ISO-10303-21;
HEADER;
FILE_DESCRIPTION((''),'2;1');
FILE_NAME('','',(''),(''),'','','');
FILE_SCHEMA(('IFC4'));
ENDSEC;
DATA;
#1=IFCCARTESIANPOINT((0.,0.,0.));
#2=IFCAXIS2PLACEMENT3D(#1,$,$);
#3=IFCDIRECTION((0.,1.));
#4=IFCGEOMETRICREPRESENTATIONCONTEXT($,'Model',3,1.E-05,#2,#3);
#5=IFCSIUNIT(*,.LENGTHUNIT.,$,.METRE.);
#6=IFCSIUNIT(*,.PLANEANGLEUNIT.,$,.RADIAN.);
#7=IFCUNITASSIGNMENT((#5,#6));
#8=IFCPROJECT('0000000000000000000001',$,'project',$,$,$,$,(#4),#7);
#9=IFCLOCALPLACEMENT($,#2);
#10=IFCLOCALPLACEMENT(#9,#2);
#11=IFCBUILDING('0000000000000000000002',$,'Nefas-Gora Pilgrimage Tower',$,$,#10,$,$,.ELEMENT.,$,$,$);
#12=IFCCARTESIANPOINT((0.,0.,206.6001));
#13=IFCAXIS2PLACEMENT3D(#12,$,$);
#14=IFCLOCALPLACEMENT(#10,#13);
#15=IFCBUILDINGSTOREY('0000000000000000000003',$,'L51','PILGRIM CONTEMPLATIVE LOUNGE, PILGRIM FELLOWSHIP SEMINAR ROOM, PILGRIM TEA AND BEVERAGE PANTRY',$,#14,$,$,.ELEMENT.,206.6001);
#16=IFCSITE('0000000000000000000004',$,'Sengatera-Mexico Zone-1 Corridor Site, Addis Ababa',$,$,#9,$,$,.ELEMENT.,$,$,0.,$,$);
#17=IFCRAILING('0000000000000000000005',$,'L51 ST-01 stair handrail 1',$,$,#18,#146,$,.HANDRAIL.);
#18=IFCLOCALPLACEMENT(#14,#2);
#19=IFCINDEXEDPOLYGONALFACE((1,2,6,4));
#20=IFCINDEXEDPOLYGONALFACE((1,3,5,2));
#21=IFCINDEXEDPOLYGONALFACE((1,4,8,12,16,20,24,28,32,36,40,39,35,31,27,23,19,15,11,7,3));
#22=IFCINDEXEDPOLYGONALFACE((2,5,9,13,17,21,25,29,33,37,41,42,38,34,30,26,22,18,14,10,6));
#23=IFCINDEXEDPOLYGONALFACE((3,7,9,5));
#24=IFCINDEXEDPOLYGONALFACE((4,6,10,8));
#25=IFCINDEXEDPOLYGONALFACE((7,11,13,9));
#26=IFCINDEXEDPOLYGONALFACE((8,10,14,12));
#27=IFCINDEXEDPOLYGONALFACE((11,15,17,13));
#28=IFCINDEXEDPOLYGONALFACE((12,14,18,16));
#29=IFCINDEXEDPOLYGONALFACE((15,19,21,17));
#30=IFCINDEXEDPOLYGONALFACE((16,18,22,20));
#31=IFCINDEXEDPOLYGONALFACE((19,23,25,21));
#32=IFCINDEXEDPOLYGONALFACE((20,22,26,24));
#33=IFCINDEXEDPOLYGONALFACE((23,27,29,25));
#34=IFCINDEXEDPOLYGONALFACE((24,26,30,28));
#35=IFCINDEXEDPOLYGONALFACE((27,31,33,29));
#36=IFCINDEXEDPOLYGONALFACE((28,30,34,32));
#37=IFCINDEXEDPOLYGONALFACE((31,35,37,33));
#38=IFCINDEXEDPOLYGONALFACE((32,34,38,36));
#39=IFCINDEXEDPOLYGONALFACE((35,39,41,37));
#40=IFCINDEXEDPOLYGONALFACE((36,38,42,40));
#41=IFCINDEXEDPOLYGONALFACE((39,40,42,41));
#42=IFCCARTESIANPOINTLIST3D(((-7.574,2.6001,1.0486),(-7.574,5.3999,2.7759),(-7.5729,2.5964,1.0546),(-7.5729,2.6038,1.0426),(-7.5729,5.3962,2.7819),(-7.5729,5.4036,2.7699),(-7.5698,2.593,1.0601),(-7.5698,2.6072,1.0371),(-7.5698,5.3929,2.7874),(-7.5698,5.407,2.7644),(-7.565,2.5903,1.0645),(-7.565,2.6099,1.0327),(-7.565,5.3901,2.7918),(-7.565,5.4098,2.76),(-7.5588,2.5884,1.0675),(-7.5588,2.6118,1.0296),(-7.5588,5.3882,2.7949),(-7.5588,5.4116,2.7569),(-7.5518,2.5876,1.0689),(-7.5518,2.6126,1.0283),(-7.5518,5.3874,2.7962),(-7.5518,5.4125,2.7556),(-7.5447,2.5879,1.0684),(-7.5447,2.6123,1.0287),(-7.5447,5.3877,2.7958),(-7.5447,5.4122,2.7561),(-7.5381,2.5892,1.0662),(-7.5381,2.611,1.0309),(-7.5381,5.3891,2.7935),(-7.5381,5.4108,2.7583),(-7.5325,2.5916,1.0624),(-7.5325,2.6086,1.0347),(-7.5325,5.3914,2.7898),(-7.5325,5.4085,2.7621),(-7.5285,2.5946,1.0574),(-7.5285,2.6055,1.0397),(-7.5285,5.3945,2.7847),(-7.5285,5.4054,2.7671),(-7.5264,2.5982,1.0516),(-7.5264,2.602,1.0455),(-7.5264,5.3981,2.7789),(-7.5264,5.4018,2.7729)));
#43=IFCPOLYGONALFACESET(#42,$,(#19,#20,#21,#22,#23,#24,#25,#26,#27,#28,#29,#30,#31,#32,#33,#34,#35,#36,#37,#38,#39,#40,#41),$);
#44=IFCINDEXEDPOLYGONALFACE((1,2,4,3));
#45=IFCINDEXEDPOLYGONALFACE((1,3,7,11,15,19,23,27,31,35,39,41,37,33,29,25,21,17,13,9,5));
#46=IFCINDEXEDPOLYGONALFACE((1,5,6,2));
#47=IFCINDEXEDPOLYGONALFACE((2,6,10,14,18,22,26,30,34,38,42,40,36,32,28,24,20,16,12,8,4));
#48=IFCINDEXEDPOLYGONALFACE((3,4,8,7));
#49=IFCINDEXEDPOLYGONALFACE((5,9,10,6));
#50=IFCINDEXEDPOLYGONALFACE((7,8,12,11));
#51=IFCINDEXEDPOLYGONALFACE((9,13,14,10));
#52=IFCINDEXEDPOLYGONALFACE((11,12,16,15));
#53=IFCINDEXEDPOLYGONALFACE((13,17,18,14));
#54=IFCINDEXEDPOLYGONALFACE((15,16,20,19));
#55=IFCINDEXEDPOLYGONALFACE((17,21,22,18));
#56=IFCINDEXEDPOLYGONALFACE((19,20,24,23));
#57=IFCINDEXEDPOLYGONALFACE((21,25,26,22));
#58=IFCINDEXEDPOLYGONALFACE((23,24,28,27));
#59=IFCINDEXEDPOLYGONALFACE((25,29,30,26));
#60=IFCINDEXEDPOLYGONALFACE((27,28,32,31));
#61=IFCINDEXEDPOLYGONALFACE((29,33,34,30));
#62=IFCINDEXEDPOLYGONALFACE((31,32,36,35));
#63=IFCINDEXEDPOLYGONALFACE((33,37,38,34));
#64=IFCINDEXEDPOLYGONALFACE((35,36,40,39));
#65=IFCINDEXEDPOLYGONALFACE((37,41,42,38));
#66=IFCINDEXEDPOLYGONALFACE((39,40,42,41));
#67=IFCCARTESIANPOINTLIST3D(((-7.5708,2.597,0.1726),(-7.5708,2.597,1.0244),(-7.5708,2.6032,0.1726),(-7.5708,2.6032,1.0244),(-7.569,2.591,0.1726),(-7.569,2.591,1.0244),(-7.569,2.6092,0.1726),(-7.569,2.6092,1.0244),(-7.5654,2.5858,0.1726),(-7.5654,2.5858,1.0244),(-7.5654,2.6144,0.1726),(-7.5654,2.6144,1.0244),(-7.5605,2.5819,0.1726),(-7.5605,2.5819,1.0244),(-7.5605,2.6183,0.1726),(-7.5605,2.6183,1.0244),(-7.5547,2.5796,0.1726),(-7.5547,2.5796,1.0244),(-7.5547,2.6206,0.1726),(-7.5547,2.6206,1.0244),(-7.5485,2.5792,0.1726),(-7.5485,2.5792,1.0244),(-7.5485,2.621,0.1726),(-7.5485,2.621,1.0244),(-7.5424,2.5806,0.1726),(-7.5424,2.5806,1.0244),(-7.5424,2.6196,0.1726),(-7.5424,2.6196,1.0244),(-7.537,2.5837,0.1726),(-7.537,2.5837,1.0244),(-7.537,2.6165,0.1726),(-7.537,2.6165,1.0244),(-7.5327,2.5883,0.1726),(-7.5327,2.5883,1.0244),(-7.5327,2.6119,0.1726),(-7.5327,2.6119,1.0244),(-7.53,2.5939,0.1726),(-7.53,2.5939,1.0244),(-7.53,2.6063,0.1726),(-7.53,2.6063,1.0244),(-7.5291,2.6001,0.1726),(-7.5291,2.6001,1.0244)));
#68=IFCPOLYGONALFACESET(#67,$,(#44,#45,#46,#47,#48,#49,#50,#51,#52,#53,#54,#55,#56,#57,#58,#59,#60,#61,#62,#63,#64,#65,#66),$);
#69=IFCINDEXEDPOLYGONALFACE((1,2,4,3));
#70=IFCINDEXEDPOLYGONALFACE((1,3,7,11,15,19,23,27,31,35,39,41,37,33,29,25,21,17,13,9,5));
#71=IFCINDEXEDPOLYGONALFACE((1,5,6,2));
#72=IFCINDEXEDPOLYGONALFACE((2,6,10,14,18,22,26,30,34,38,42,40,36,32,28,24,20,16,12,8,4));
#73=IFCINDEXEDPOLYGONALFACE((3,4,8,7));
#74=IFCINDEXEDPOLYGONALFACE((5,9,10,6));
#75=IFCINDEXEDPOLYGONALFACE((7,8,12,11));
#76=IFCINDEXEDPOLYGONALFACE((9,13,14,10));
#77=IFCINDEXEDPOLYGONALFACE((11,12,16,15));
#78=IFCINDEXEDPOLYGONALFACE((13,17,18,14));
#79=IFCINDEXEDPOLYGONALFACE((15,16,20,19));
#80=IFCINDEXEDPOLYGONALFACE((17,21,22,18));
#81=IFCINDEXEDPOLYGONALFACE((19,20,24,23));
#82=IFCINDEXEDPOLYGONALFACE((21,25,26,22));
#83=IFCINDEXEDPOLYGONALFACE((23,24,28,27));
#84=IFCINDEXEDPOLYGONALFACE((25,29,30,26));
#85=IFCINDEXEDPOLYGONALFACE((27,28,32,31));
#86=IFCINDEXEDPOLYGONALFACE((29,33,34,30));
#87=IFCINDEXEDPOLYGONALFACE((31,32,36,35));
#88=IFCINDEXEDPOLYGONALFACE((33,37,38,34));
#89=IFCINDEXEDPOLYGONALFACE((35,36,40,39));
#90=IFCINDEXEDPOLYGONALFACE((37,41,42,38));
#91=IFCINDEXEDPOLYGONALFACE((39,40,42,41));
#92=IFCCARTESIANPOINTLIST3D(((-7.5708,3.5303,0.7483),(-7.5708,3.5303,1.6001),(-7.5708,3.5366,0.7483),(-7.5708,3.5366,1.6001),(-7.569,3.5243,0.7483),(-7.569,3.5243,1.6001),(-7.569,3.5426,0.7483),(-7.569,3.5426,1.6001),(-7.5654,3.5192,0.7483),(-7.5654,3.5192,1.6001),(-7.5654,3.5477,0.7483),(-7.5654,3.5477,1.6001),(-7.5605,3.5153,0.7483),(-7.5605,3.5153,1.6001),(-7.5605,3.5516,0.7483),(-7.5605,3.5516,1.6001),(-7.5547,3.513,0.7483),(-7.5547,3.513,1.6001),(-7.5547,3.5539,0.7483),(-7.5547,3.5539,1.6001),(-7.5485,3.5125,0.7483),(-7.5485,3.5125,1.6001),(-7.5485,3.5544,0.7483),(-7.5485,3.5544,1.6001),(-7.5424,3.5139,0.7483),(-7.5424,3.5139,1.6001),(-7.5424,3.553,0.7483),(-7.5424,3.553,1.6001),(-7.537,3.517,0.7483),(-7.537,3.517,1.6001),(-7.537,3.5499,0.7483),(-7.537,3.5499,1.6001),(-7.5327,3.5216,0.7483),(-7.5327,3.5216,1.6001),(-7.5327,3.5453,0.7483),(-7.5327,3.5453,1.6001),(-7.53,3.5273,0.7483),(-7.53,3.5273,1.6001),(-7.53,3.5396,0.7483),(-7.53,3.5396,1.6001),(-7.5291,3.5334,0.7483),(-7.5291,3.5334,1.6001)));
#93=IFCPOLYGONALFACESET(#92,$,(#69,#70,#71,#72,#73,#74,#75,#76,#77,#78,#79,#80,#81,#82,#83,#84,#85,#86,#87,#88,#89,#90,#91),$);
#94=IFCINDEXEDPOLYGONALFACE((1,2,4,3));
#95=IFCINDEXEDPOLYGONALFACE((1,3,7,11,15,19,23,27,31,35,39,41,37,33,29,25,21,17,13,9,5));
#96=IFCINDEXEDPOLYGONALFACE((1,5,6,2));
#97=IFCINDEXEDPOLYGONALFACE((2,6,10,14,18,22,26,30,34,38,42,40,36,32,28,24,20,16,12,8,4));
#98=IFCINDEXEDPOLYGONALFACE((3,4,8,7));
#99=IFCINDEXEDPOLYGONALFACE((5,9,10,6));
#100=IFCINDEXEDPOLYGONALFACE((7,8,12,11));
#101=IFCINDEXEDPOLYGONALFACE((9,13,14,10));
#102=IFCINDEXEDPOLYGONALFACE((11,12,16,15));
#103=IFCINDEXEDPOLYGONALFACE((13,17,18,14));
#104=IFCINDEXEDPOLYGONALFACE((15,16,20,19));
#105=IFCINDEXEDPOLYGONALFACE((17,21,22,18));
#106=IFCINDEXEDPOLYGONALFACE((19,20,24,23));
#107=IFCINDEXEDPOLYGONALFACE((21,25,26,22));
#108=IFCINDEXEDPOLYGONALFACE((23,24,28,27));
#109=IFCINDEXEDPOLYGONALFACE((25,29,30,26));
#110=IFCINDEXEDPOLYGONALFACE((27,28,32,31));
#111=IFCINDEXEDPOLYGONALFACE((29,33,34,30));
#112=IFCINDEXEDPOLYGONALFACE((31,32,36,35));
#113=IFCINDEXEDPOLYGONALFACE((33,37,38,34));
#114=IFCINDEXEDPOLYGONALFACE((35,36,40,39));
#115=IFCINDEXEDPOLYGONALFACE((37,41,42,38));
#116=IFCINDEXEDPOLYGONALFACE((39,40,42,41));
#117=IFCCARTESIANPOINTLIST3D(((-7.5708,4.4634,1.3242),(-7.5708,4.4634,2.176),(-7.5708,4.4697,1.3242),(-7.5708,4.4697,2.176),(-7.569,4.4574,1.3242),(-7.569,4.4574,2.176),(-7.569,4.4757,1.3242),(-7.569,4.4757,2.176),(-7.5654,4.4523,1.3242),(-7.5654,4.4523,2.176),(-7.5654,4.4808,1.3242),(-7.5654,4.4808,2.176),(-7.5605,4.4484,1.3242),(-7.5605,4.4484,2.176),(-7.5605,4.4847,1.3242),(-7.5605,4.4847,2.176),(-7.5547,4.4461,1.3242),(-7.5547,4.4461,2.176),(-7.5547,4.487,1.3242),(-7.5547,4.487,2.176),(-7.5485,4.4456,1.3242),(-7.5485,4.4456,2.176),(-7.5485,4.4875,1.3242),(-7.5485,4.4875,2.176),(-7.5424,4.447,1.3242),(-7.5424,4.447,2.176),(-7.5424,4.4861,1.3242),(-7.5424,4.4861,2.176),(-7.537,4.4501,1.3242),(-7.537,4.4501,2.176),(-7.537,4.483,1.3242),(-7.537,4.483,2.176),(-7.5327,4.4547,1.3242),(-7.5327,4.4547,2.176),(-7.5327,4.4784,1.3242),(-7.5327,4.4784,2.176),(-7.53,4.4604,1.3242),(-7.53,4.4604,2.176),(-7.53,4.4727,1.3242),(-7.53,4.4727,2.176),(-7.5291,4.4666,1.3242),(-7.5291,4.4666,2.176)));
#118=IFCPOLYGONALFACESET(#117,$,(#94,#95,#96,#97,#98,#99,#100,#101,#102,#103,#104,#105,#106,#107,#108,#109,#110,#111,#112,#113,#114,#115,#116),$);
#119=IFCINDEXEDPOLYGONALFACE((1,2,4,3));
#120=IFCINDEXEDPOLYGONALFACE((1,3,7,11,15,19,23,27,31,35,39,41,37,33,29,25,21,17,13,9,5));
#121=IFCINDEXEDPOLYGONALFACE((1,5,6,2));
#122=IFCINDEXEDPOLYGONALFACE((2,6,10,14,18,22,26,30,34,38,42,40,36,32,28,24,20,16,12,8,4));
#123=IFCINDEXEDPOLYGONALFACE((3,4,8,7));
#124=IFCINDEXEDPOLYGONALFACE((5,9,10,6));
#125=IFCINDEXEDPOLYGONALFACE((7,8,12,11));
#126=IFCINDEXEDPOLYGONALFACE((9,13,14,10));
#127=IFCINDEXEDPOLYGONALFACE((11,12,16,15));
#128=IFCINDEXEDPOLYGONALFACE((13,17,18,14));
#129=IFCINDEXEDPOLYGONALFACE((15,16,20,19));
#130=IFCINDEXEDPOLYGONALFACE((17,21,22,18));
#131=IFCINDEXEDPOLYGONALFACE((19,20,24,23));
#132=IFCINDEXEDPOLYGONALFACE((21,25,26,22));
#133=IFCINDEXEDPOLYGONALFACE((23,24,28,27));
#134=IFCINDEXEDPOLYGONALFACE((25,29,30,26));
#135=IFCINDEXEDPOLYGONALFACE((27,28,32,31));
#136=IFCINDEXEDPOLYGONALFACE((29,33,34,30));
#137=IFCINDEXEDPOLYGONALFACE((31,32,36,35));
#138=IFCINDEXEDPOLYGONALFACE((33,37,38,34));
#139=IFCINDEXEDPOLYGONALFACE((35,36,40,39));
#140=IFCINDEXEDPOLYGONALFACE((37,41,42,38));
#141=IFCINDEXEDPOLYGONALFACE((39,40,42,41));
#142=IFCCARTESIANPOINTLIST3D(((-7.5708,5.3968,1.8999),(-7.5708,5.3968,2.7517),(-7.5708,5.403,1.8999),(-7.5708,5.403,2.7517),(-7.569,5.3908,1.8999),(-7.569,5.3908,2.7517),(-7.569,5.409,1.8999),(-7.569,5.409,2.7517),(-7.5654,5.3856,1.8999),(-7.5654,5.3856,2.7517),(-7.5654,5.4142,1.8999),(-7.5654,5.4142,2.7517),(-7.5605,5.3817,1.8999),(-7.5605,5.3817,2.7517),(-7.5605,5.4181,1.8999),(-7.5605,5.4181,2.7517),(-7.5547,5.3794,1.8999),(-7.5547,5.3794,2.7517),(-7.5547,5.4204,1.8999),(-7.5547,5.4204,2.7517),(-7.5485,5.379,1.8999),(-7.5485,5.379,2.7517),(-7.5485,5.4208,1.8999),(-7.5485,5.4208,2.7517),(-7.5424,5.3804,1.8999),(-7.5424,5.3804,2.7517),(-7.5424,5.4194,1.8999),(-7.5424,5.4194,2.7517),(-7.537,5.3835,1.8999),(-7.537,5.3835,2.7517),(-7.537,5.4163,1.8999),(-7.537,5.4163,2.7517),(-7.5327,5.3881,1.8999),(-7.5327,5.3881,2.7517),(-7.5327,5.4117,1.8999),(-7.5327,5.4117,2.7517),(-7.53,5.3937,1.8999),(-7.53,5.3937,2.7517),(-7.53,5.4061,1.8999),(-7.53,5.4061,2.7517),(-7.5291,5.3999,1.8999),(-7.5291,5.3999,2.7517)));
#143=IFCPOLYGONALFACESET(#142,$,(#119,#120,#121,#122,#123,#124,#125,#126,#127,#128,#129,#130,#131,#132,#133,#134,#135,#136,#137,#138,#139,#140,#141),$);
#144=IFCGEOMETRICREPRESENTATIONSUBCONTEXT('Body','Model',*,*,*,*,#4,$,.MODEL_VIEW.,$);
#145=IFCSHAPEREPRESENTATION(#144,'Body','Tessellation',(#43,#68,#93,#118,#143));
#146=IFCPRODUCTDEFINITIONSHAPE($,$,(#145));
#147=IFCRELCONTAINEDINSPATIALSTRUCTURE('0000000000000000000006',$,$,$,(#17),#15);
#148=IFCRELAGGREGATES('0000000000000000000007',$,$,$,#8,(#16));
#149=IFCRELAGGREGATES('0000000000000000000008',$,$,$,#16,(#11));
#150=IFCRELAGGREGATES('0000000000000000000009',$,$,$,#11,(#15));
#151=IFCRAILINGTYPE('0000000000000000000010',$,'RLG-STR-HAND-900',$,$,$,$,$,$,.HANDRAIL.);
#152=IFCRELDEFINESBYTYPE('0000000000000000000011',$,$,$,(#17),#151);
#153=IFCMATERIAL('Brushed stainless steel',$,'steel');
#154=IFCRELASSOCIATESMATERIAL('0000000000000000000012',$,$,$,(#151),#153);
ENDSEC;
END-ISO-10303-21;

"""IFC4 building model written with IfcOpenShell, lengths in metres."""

from ifc_helpers import new_model, si_unit, direction, frame, origin, origin_2d, place, context, subcontext, project, spatial, circle, extrude, material, type_object, element, save


model = new_model("IFC4")

# Units and contexts
model_context = context("Model", 3, precision=1e-05, world=origin(), true_north=direction((0.0, 1.0)))
body_context = subcontext(model_context, "Body", "Model", "MODEL_VIEW")
ifc_project = project(units=[si_unit("LENGTHUNIT", "METRE"), si_unit("PLANEANGLEUNIT", "RADIAN")], contexts=[model_context])

# Site, building, storey
site_placement = place(None, origin())
site = spatial("IfcSite", under=ifc_project, at=site_placement, Name="Sengatera-Mexico Zone-1 Corridor Site, Addis Ababa", CompositionType="ELEMENT", RefElevation=0.0)
building_placement = place(site_placement, origin())
building = spatial("IfcBuilding", under=site, at=building_placement, Name="Nefas-Gora Pilgrimage Tower", CompositionType="ELEMENT")
storey_placement = place(building_placement, frame((0.0, 0.0, 206.6001)))
storey = spatial("IfcBuildingStorey", under=building, at=storey_placement, Name="L51", Description="PILGRIM CONTEMPLATIVE LOUNGE, PILGRIM FELLOWSHIP SEMINAR ROOM, PILGRIM TEA AND BEVERAGE PANTRY", CompositionType="ELEMENT", Elevation=206.6001)

# Railing
ifc_material_1 = material(Name="Brushed stainless steel", Category="steel")
railing_type_1 = type_object("IfcRailingType", Name="RLG-STR-HAND-900", PredefinedType="HANDRAIL", material=ifc_material_1)
railing_1_placement = place(storey_placement, frame((-7.55, 2.6001, 0.1726)))
element("IfcRailing", 1, at=railing_1_placement, inside=storey, type_object=railing_type_1, Name="L51 ST-01 stair handrail 1", PredefinedType="HANDRAIL", context=body_context, shape_type="SweptSolid", body=[
    extrude(circle(Radius=0.0239, at=origin_2d()), frame((0.0, 0.0, 0.876), z_axis=(0.0, 0.851069, 0.525054), x_axis=(-1.0, 0.0, 0.0)), (0.0, 0.0, 1.0), 3.2898),
    extrude(circle(Radius=0.021, at=origin_2d()), origin(), (0.0, 0.0, 1.0), 0.8518),
    extrude(circle(Radius=0.021, at=origin_2d()), frame((0.0, 0.9333, 0.5757)), (0.0, 0.0, 1.0), 0.8518),
    extrude(circle(Radius=0.021, at=origin_2d()), frame((0.0, 1.8665, 1.1516)), (0.0, 0.0, 1.0), 0.8518),
    extrude(circle(Radius=0.021, at=origin_2d()), frame((0.0, 2.7998, 1.7273)), (0.0, 0.0, 1.0), 0.8518),
])

save(model, "model.ifc")
